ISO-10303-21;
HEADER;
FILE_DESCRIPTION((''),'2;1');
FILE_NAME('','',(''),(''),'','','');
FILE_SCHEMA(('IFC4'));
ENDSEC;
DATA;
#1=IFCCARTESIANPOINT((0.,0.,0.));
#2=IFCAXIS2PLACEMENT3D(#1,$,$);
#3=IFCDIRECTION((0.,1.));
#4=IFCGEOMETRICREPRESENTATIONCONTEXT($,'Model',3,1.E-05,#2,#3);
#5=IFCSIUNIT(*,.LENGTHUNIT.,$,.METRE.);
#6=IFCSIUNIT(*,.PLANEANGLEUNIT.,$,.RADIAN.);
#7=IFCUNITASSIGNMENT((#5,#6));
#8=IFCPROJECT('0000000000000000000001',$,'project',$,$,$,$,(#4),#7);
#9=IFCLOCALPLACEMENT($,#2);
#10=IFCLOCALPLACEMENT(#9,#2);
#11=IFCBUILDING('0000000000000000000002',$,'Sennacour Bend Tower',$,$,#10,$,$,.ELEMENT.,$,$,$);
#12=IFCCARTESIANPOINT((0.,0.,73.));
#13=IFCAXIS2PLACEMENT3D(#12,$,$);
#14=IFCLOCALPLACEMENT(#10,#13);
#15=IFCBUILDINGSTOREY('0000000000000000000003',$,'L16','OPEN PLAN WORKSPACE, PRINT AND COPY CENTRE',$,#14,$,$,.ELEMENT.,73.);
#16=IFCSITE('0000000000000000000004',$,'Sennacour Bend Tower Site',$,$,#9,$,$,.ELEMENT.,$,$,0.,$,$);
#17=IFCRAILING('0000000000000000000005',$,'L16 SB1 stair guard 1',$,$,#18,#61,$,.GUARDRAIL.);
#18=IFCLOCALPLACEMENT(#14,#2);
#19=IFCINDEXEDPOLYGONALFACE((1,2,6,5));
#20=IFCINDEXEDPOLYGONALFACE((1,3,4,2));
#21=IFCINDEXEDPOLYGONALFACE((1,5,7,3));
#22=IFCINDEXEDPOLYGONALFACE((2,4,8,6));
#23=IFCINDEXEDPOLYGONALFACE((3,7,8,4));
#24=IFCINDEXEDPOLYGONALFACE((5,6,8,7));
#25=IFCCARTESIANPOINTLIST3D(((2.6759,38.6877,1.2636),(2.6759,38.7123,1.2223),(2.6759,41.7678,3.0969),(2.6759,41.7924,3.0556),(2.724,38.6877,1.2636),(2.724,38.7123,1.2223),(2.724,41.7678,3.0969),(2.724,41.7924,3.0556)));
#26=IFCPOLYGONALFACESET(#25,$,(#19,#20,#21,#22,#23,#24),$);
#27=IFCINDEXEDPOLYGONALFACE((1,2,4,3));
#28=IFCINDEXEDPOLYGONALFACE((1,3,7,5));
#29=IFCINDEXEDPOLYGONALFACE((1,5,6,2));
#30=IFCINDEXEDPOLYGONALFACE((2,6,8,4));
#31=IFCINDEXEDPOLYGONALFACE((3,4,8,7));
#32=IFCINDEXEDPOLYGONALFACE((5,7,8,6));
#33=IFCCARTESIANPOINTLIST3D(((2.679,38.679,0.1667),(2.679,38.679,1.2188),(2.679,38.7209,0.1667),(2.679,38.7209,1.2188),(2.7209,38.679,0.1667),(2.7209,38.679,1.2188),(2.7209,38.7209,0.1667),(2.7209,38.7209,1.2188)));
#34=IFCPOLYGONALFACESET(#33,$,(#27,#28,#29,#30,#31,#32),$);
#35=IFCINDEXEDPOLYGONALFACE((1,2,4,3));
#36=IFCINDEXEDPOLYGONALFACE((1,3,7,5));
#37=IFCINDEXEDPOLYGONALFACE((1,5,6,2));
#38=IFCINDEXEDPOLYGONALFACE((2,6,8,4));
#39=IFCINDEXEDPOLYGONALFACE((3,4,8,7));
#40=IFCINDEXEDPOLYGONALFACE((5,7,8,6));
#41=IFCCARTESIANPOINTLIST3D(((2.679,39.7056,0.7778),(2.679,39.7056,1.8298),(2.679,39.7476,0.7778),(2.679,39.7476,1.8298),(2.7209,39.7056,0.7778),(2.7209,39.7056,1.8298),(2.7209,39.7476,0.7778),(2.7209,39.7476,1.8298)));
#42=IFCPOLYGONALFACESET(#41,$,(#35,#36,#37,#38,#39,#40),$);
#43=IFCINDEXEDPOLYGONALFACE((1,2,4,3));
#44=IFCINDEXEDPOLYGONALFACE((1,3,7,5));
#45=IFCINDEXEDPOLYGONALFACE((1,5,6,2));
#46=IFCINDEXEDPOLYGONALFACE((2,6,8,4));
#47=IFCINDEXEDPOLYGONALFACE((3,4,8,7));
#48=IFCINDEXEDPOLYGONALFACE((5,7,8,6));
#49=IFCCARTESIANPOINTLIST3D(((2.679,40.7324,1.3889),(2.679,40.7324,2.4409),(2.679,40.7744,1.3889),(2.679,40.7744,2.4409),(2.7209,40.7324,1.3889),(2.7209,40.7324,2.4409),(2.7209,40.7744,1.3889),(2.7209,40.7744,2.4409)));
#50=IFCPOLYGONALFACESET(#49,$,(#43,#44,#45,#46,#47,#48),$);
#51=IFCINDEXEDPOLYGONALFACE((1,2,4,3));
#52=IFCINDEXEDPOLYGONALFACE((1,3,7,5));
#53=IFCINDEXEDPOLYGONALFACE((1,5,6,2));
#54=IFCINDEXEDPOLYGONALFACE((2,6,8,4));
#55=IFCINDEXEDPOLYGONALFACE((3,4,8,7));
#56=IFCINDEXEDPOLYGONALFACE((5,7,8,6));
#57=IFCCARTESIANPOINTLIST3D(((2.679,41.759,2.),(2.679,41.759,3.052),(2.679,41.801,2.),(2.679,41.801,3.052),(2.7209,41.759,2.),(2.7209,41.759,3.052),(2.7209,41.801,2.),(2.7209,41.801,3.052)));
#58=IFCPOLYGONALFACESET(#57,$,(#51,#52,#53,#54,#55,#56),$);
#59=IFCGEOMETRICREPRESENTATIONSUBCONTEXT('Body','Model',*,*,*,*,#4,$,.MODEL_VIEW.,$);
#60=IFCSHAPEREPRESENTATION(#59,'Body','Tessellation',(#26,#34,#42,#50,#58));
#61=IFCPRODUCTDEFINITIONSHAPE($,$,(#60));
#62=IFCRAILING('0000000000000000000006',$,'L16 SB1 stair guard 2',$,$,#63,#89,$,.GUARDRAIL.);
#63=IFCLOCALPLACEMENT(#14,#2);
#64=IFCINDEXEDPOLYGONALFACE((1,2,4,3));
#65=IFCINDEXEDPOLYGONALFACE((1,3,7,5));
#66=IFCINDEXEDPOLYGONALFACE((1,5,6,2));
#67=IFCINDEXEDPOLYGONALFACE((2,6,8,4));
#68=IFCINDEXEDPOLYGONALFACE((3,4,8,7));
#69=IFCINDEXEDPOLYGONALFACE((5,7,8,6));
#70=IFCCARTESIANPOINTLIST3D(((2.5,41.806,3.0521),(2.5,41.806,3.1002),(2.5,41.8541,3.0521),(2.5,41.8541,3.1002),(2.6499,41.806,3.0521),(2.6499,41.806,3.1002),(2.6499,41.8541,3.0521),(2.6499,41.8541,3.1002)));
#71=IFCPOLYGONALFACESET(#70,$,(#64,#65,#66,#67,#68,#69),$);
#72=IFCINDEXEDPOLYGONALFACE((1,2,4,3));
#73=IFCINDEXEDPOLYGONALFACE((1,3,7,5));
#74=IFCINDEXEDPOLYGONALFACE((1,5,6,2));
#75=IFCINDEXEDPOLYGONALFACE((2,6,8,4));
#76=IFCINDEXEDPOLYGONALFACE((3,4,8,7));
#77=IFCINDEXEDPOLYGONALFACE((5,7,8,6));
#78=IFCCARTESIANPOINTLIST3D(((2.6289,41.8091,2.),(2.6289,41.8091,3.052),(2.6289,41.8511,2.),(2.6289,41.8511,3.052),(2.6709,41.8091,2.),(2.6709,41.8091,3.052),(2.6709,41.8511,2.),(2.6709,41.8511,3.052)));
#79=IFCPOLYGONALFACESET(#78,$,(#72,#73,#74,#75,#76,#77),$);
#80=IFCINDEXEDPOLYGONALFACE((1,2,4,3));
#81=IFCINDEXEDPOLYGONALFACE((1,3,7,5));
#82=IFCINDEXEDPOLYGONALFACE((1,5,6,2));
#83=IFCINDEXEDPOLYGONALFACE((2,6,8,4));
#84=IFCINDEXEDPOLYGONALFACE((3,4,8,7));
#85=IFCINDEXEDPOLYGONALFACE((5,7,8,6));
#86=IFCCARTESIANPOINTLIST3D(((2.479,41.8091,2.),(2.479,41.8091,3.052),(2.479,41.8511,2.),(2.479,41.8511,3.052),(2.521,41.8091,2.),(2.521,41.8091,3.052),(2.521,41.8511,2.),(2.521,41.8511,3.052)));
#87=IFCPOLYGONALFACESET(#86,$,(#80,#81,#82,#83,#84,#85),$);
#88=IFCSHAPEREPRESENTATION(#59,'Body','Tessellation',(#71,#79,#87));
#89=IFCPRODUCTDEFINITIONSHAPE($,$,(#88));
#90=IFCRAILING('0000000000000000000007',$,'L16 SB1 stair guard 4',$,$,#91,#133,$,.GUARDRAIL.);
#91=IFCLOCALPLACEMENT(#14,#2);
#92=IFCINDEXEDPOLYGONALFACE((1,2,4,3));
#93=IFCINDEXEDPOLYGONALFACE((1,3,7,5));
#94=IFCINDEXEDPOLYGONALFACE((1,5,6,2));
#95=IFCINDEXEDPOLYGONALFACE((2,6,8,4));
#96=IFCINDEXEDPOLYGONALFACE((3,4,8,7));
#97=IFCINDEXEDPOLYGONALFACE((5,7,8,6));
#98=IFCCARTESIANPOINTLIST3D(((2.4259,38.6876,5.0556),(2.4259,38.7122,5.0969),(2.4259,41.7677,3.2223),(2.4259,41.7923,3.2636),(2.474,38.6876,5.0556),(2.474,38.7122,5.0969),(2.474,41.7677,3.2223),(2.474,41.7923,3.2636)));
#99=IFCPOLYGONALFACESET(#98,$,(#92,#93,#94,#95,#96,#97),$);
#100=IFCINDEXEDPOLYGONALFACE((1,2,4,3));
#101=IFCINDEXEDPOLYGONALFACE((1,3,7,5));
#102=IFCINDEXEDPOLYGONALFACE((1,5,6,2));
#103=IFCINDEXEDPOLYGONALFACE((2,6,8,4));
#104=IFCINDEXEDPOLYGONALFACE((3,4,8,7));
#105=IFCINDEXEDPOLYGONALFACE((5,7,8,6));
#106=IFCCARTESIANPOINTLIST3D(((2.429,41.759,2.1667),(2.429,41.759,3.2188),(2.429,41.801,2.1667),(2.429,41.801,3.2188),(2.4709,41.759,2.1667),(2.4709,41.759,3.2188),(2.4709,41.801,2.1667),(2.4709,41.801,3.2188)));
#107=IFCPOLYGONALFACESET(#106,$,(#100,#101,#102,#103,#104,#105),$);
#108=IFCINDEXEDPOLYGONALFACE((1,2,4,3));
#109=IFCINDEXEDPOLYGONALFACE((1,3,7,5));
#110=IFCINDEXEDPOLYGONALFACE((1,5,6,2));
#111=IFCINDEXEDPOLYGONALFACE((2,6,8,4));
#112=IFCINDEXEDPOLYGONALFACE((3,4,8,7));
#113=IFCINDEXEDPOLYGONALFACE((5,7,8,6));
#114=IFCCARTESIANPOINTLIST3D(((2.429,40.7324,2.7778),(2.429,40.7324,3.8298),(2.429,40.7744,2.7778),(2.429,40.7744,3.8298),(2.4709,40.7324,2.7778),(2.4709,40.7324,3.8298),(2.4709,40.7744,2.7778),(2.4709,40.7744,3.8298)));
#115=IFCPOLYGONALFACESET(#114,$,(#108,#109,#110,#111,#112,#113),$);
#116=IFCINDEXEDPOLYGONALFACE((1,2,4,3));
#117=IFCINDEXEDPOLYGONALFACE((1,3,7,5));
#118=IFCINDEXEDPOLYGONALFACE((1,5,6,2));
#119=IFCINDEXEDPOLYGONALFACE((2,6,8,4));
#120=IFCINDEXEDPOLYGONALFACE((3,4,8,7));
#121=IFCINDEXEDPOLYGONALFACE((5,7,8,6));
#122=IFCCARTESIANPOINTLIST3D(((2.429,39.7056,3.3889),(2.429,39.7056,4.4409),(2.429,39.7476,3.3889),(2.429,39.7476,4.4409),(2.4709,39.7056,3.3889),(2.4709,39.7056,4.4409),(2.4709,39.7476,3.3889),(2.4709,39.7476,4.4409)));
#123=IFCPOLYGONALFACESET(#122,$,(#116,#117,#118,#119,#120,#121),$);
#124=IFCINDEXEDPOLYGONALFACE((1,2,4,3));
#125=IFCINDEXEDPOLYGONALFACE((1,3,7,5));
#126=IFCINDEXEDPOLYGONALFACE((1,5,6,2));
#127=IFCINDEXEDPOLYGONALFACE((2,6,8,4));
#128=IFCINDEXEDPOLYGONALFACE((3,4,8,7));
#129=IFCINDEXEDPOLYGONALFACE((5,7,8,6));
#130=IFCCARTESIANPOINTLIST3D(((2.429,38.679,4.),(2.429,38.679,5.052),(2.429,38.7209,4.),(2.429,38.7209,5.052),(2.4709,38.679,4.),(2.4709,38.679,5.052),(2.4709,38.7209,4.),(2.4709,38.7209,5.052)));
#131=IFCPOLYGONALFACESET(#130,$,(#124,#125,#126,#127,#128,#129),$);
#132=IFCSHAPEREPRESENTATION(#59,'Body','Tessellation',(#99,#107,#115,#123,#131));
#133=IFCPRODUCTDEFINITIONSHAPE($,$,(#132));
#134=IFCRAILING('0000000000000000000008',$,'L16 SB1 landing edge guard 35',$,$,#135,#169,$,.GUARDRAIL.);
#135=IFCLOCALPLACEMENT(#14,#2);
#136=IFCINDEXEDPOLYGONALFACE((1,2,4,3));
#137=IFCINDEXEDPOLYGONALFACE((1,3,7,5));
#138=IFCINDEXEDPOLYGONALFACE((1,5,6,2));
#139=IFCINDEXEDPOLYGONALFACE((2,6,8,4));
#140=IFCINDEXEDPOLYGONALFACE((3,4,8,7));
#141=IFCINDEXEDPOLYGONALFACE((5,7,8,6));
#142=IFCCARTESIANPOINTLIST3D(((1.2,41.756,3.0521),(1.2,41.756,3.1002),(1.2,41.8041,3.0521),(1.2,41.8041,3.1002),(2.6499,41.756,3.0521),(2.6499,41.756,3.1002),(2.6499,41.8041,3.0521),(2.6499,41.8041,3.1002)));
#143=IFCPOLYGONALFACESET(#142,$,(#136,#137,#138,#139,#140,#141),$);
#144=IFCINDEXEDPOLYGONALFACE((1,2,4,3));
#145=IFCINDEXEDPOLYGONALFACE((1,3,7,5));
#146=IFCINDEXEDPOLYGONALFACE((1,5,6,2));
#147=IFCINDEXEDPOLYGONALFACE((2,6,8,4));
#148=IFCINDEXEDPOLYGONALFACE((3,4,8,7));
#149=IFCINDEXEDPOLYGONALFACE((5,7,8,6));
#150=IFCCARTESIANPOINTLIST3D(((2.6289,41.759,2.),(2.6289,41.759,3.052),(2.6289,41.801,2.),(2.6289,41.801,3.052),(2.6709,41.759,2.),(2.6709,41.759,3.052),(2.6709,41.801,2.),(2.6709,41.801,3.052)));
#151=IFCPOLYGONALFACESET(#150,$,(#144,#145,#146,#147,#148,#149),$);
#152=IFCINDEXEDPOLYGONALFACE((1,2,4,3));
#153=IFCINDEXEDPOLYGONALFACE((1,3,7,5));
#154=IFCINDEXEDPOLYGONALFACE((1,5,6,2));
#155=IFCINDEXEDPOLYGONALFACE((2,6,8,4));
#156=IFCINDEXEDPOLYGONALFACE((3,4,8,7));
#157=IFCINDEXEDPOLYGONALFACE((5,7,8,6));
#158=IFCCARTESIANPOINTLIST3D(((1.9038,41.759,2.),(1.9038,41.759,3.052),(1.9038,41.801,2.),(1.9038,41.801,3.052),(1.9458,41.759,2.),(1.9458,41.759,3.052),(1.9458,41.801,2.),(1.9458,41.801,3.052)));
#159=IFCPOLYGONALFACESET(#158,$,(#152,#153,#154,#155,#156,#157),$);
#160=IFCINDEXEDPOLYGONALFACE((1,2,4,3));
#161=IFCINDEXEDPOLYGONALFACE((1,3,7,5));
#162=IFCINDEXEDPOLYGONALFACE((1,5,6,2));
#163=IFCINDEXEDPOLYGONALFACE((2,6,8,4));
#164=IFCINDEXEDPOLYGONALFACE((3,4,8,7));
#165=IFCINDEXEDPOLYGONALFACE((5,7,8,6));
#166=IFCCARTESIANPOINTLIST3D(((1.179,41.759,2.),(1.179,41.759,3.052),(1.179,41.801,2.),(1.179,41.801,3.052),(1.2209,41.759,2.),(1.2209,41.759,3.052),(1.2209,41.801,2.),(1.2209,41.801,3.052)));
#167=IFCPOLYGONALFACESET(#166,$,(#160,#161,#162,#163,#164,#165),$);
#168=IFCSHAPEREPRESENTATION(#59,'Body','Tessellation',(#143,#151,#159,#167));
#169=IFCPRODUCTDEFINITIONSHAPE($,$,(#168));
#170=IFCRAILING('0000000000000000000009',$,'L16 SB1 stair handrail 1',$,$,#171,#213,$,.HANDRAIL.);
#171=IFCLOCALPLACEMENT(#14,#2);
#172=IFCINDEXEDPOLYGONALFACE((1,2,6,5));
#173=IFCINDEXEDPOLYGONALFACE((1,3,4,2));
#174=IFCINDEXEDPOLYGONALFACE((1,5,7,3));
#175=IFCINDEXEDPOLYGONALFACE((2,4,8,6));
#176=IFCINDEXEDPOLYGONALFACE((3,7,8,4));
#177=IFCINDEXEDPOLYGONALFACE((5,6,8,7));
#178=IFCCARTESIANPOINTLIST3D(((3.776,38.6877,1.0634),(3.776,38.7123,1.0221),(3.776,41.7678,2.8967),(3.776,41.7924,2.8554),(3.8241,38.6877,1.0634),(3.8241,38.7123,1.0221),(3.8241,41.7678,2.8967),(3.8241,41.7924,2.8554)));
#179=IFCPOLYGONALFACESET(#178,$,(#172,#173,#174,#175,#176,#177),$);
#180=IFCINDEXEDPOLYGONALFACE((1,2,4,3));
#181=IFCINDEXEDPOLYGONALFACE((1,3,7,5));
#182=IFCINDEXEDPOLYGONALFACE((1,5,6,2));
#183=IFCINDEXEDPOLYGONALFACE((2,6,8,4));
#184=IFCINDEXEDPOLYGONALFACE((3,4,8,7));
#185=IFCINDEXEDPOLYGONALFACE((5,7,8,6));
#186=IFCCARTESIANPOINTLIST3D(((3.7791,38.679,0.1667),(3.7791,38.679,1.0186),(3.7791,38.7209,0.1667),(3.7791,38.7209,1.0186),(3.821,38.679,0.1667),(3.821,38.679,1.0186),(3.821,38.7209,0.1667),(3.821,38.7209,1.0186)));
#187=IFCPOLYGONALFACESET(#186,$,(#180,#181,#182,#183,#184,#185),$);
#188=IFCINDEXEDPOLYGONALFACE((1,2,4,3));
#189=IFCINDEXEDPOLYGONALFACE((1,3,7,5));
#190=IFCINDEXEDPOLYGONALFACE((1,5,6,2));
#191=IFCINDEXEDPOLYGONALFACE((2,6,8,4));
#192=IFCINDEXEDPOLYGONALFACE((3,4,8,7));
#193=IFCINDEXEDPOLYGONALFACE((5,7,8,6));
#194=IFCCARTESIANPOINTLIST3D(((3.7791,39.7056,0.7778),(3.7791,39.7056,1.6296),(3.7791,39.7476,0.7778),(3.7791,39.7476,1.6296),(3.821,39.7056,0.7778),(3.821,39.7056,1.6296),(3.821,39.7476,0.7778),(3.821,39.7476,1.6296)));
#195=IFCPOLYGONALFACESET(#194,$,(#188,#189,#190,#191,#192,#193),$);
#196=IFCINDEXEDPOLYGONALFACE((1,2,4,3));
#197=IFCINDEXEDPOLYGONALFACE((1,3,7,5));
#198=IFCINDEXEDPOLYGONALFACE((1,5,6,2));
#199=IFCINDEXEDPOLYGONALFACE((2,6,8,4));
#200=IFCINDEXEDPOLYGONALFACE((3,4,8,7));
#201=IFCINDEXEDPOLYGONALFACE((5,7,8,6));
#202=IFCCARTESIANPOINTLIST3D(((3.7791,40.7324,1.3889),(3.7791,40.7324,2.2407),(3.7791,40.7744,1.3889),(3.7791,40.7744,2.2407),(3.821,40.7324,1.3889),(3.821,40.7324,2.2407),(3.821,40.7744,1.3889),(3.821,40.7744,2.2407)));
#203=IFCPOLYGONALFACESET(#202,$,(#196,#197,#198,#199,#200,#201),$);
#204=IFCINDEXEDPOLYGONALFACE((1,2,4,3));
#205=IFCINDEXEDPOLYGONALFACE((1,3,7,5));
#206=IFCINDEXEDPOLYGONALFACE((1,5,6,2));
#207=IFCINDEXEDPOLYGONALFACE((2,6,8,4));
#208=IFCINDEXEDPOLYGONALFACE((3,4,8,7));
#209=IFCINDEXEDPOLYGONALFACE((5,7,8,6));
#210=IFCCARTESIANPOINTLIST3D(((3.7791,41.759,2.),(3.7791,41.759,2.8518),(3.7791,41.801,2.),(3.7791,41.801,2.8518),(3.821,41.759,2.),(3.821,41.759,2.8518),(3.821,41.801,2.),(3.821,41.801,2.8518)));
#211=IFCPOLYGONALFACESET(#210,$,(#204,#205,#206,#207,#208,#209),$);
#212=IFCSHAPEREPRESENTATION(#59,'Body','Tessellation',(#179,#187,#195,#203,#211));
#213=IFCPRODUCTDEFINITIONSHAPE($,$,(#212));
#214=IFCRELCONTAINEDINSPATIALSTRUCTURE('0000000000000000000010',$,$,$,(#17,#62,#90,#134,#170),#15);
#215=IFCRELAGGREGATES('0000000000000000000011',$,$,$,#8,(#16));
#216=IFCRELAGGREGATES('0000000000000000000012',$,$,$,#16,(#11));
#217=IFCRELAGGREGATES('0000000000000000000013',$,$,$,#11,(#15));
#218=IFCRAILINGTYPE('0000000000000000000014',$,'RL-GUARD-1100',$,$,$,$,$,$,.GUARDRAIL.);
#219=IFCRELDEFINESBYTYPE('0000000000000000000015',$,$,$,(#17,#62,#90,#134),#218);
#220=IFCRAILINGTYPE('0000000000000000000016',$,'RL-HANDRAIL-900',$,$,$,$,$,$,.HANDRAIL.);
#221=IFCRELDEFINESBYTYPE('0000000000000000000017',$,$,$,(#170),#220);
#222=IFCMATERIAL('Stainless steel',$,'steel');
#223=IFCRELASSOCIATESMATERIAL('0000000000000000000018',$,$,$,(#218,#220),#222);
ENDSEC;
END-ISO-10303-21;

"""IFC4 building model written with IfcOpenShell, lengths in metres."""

from ifc_helpers import new_model, si_unit, direction, frame, origin, origin_2d, place, context, subcontext, project, spatial, rectangle, extrude, material, type_object, element, save


model = new_model("IFC4")

# Units and contexts
model_context = context("Model", 3, precision=1e-05, world=origin(), true_north=direction((0.0, 1.0)))
body_context = subcontext(model_context, "Body", "Model", "MODEL_VIEW")
ifc_project = project(units=[si_unit("LENGTHUNIT", "METRE"), si_unit("PLANEANGLEUNIT", "RADIAN")], contexts=[model_context])

# Site, building, storey
site_placement = place(None, origin())
site = spatial("IfcSite", under=ifc_project, at=site_placement, Name="Sennacour Bend Tower Site", CompositionType="ELEMENT", RefElevation=0.0)
building_placement = place(site_placement, origin())
building = spatial("IfcBuilding", under=site, at=building_placement, Name="Sennacour Bend Tower", CompositionType="ELEMENT")
storey_placement = place(building_placement, frame((0.0, 0.0, 73.0)))
storey = spatial("IfcBuildingStorey", under=building, at=storey_placement, Name="L16", Description="OPEN PLAN WORKSPACE, PRINT AND COPY CENTRE", CompositionType="ELEMENT", Elevation=73.0)

# Railings
ifc_material_1 = material(Name="Stainless steel", Category="steel")
railing_type_1 = type_object("IfcRailingType", Name="RL-GUARD-1100", PredefinedType="GUARDRAIL", material=ifc_material_1)
railing_1_placement = place(storey_placement, frame((2.7, 38.7, 0.1667)))
element("IfcRailing", 1, at=railing_1_placement, inside=storey, type_object=railing_type_1, Name="L16 SB1 stair guard 1", PredefinedType="GUARDRAIL", context=body_context, shape_type="SweptSolid", body=[
    extrude(rectangle(XDim=0.0481, YDim=0.0481, at=origin_2d()), frame((0.0, 0.0, 1.0762), z_axis=(0.0, 0.859309, 0.511458), x_axis=(-1.0, 0.0, 0.0)), (0.0, 0.0, 1.0), 3.5845),
    extrude(rectangle(XDim=0.042, YDim=0.042, at=origin_2d()), origin(), (0.0, 0.0, 1.0), 1.052),
    extrude(rectangle(XDim=0.042, YDim=0.042, at=origin_2d()), frame((0.0, 1.0266, 0.6111)), (0.0, 0.0, 1.0), 1.052),
    extrude(rectangle(XDim=0.042, YDim=0.042, at=origin_2d()), frame((0.0, 2.0535, 1.2222)), (0.0, 0.0, 1.0), 1.052),
    extrude(rectangle(XDim=0.042, YDim=0.042, at=origin_2d()), frame((0.0, 3.0801, 1.8333)), (0.0, 0.0, 1.0), 1.052),
])
railing_2_placement = place(storey_placement, frame((2.6499, 41.8301, 2.0)))
element("IfcRailing", 2, at=railing_2_placement, inside=storey, type_object=railing_type_1, Name="L16 SB1 stair guard 2", PredefinedType="GUARDRAIL", context=body_context, shape_type="SweptSolid", body=[
    extrude(rectangle(XDim=0.0481, YDim=0.0481, at=origin_2d()), frame((0.0, 0.0, 1.0762), z_axis=(-1.0, 0.0, 0.0), x_axis=(0.0, -1.0, 0.0)), (0.0, 0.0, 1.0), 0.1499),
    extrude(rectangle(XDim=0.042, YDim=0.042, at=origin_2d()), origin(), (0.0, 0.0, 1.0), 1.052),
    extrude(rectangle(XDim=0.042, YDim=0.042, at=origin_2d()), frame((-0.1499, 0.0, 0.0)), (0.0, 0.0, 1.0), 1.052),
])
railing_3_placement = place(storey_placement, frame((2.45, 41.78, 2.1667)))
element("IfcRailing", 3, at=railing_3_placement, inside=storey, type_object=railing_type_1, Name="L16 SB1 stair guard 4", PredefinedType="GUARDRAIL", context=body_context, shape_type="SweptSolid", body=[
    extrude(rectangle(XDim=0.0481, YDim=0.0481, at=origin_2d()), frame((0.0, 0.0, 1.0762), z_axis=(0.0, -0.859309, 0.511458), x_axis=(1.0, 0.0, 0.0)), (0.0, 0.0, 1.0), 3.5845),
    extrude(rectangle(XDim=0.042, YDim=0.042, at=origin_2d()), origin(), (0.0, 0.0, 1.0), 1.052),
    extrude(rectangle(XDim=0.042, YDim=0.042, at=origin_2d()), frame((0.0, -1.0266, 0.6111)), (0.0, 0.0, 1.0), 1.052),
    extrude(rectangle(XDim=0.042, YDim=0.042, at=origin_2d()), frame((0.0, -2.0535, 1.2222)), (0.0, 0.0, 1.0), 1.052),
    extrude(rectangle(XDim=0.042, YDim=0.042, at=origin_2d()), frame((0.0, -3.0801, 1.8333)), (0.0, 0.0, 1.0), 1.052),
])
railing_4_placement = place(storey_placement, frame((2.6499, 41.78, 2.0)))
element("IfcRailing", 4, at=railing_4_placement, inside=storey, type_object=railing_type_1, Name="L16 SB1 landing edge guard 35", PredefinedType="GUARDRAIL", context=body_context, shape_type="SweptSolid", body=[
    extrude(rectangle(XDim=0.0481, YDim=0.0481, at=origin_2d()), frame((0.0, 0.0, 1.0762), z_axis=(-1.0, 0.0, 0.0), x_axis=(0.0, -1.0, 0.0)), (0.0, 0.0, 1.0), 1.45),
    extrude(rectangle(XDim=0.042, YDim=0.042, at=origin_2d()), origin(), (0.0, 0.0, 1.0), 1.052),
    extrude(rectangle(XDim=0.042, YDim=0.042, at=origin_2d()), frame((-0.7251, 0.0, 0.0)), (0.0, 0.0, 1.0), 1.052),
    extrude(rectangle(XDim=0.042, YDim=0.042, at=origin_2d()), frame((-1.45, 0.0, 0.0)), (0.0, 0.0, 1.0), 1.052),
])
railing_type_2 = type_object("IfcRailingType", Name="RL-HANDRAIL-900", PredefinedType="HANDRAIL", material=ifc_material_1)
railing_5_placement = place(storey_placement, frame((3.8, 38.7, 0.1667)))
element("IfcRailing", 5, at=railing_5_placement, inside=storey, type_object=railing_type_2, Name="L16 SB1 stair handrail 1", PredefinedType="HANDRAIL", context=body_context, shape_type="SweptSolid", body=[
    extrude(rectangle(XDim=0.0481, YDim=0.0481, at=origin_2d()), frame((0.0, 0.0, 0.876), z_axis=(0.0, 0.859309, 0.511458), x_axis=(-1.0, 0.0, 0.0)), (0.0, 0.0, 1.0), 3.5845),
    extrude(rectangle(XDim=0.042, YDim=0.042, at=origin_2d()), origin(), (0.0, 0.0, 1.0), 0.8518),
    extrude(rectangle(XDim=0.042, YDim=0.042, at=origin_2d()), frame((0.0, 1.0266, 0.6111)), (0.0, 0.0, 1.0), 0.8518),
    extrude(rectangle(XDim=0.042, YDim=0.042, at=origin_2d()), frame((0.0, 2.0535, 1.2222)), (0.0, 0.0, 1.0), 0.8518),
    extrude(rectangle(XDim=0.042, YDim=0.042, at=origin_2d()), frame((0.0, 3.0801, 1.8333)), (0.0, 0.0, 1.0), 0.8518),
])

save(model, "model.ifc")
